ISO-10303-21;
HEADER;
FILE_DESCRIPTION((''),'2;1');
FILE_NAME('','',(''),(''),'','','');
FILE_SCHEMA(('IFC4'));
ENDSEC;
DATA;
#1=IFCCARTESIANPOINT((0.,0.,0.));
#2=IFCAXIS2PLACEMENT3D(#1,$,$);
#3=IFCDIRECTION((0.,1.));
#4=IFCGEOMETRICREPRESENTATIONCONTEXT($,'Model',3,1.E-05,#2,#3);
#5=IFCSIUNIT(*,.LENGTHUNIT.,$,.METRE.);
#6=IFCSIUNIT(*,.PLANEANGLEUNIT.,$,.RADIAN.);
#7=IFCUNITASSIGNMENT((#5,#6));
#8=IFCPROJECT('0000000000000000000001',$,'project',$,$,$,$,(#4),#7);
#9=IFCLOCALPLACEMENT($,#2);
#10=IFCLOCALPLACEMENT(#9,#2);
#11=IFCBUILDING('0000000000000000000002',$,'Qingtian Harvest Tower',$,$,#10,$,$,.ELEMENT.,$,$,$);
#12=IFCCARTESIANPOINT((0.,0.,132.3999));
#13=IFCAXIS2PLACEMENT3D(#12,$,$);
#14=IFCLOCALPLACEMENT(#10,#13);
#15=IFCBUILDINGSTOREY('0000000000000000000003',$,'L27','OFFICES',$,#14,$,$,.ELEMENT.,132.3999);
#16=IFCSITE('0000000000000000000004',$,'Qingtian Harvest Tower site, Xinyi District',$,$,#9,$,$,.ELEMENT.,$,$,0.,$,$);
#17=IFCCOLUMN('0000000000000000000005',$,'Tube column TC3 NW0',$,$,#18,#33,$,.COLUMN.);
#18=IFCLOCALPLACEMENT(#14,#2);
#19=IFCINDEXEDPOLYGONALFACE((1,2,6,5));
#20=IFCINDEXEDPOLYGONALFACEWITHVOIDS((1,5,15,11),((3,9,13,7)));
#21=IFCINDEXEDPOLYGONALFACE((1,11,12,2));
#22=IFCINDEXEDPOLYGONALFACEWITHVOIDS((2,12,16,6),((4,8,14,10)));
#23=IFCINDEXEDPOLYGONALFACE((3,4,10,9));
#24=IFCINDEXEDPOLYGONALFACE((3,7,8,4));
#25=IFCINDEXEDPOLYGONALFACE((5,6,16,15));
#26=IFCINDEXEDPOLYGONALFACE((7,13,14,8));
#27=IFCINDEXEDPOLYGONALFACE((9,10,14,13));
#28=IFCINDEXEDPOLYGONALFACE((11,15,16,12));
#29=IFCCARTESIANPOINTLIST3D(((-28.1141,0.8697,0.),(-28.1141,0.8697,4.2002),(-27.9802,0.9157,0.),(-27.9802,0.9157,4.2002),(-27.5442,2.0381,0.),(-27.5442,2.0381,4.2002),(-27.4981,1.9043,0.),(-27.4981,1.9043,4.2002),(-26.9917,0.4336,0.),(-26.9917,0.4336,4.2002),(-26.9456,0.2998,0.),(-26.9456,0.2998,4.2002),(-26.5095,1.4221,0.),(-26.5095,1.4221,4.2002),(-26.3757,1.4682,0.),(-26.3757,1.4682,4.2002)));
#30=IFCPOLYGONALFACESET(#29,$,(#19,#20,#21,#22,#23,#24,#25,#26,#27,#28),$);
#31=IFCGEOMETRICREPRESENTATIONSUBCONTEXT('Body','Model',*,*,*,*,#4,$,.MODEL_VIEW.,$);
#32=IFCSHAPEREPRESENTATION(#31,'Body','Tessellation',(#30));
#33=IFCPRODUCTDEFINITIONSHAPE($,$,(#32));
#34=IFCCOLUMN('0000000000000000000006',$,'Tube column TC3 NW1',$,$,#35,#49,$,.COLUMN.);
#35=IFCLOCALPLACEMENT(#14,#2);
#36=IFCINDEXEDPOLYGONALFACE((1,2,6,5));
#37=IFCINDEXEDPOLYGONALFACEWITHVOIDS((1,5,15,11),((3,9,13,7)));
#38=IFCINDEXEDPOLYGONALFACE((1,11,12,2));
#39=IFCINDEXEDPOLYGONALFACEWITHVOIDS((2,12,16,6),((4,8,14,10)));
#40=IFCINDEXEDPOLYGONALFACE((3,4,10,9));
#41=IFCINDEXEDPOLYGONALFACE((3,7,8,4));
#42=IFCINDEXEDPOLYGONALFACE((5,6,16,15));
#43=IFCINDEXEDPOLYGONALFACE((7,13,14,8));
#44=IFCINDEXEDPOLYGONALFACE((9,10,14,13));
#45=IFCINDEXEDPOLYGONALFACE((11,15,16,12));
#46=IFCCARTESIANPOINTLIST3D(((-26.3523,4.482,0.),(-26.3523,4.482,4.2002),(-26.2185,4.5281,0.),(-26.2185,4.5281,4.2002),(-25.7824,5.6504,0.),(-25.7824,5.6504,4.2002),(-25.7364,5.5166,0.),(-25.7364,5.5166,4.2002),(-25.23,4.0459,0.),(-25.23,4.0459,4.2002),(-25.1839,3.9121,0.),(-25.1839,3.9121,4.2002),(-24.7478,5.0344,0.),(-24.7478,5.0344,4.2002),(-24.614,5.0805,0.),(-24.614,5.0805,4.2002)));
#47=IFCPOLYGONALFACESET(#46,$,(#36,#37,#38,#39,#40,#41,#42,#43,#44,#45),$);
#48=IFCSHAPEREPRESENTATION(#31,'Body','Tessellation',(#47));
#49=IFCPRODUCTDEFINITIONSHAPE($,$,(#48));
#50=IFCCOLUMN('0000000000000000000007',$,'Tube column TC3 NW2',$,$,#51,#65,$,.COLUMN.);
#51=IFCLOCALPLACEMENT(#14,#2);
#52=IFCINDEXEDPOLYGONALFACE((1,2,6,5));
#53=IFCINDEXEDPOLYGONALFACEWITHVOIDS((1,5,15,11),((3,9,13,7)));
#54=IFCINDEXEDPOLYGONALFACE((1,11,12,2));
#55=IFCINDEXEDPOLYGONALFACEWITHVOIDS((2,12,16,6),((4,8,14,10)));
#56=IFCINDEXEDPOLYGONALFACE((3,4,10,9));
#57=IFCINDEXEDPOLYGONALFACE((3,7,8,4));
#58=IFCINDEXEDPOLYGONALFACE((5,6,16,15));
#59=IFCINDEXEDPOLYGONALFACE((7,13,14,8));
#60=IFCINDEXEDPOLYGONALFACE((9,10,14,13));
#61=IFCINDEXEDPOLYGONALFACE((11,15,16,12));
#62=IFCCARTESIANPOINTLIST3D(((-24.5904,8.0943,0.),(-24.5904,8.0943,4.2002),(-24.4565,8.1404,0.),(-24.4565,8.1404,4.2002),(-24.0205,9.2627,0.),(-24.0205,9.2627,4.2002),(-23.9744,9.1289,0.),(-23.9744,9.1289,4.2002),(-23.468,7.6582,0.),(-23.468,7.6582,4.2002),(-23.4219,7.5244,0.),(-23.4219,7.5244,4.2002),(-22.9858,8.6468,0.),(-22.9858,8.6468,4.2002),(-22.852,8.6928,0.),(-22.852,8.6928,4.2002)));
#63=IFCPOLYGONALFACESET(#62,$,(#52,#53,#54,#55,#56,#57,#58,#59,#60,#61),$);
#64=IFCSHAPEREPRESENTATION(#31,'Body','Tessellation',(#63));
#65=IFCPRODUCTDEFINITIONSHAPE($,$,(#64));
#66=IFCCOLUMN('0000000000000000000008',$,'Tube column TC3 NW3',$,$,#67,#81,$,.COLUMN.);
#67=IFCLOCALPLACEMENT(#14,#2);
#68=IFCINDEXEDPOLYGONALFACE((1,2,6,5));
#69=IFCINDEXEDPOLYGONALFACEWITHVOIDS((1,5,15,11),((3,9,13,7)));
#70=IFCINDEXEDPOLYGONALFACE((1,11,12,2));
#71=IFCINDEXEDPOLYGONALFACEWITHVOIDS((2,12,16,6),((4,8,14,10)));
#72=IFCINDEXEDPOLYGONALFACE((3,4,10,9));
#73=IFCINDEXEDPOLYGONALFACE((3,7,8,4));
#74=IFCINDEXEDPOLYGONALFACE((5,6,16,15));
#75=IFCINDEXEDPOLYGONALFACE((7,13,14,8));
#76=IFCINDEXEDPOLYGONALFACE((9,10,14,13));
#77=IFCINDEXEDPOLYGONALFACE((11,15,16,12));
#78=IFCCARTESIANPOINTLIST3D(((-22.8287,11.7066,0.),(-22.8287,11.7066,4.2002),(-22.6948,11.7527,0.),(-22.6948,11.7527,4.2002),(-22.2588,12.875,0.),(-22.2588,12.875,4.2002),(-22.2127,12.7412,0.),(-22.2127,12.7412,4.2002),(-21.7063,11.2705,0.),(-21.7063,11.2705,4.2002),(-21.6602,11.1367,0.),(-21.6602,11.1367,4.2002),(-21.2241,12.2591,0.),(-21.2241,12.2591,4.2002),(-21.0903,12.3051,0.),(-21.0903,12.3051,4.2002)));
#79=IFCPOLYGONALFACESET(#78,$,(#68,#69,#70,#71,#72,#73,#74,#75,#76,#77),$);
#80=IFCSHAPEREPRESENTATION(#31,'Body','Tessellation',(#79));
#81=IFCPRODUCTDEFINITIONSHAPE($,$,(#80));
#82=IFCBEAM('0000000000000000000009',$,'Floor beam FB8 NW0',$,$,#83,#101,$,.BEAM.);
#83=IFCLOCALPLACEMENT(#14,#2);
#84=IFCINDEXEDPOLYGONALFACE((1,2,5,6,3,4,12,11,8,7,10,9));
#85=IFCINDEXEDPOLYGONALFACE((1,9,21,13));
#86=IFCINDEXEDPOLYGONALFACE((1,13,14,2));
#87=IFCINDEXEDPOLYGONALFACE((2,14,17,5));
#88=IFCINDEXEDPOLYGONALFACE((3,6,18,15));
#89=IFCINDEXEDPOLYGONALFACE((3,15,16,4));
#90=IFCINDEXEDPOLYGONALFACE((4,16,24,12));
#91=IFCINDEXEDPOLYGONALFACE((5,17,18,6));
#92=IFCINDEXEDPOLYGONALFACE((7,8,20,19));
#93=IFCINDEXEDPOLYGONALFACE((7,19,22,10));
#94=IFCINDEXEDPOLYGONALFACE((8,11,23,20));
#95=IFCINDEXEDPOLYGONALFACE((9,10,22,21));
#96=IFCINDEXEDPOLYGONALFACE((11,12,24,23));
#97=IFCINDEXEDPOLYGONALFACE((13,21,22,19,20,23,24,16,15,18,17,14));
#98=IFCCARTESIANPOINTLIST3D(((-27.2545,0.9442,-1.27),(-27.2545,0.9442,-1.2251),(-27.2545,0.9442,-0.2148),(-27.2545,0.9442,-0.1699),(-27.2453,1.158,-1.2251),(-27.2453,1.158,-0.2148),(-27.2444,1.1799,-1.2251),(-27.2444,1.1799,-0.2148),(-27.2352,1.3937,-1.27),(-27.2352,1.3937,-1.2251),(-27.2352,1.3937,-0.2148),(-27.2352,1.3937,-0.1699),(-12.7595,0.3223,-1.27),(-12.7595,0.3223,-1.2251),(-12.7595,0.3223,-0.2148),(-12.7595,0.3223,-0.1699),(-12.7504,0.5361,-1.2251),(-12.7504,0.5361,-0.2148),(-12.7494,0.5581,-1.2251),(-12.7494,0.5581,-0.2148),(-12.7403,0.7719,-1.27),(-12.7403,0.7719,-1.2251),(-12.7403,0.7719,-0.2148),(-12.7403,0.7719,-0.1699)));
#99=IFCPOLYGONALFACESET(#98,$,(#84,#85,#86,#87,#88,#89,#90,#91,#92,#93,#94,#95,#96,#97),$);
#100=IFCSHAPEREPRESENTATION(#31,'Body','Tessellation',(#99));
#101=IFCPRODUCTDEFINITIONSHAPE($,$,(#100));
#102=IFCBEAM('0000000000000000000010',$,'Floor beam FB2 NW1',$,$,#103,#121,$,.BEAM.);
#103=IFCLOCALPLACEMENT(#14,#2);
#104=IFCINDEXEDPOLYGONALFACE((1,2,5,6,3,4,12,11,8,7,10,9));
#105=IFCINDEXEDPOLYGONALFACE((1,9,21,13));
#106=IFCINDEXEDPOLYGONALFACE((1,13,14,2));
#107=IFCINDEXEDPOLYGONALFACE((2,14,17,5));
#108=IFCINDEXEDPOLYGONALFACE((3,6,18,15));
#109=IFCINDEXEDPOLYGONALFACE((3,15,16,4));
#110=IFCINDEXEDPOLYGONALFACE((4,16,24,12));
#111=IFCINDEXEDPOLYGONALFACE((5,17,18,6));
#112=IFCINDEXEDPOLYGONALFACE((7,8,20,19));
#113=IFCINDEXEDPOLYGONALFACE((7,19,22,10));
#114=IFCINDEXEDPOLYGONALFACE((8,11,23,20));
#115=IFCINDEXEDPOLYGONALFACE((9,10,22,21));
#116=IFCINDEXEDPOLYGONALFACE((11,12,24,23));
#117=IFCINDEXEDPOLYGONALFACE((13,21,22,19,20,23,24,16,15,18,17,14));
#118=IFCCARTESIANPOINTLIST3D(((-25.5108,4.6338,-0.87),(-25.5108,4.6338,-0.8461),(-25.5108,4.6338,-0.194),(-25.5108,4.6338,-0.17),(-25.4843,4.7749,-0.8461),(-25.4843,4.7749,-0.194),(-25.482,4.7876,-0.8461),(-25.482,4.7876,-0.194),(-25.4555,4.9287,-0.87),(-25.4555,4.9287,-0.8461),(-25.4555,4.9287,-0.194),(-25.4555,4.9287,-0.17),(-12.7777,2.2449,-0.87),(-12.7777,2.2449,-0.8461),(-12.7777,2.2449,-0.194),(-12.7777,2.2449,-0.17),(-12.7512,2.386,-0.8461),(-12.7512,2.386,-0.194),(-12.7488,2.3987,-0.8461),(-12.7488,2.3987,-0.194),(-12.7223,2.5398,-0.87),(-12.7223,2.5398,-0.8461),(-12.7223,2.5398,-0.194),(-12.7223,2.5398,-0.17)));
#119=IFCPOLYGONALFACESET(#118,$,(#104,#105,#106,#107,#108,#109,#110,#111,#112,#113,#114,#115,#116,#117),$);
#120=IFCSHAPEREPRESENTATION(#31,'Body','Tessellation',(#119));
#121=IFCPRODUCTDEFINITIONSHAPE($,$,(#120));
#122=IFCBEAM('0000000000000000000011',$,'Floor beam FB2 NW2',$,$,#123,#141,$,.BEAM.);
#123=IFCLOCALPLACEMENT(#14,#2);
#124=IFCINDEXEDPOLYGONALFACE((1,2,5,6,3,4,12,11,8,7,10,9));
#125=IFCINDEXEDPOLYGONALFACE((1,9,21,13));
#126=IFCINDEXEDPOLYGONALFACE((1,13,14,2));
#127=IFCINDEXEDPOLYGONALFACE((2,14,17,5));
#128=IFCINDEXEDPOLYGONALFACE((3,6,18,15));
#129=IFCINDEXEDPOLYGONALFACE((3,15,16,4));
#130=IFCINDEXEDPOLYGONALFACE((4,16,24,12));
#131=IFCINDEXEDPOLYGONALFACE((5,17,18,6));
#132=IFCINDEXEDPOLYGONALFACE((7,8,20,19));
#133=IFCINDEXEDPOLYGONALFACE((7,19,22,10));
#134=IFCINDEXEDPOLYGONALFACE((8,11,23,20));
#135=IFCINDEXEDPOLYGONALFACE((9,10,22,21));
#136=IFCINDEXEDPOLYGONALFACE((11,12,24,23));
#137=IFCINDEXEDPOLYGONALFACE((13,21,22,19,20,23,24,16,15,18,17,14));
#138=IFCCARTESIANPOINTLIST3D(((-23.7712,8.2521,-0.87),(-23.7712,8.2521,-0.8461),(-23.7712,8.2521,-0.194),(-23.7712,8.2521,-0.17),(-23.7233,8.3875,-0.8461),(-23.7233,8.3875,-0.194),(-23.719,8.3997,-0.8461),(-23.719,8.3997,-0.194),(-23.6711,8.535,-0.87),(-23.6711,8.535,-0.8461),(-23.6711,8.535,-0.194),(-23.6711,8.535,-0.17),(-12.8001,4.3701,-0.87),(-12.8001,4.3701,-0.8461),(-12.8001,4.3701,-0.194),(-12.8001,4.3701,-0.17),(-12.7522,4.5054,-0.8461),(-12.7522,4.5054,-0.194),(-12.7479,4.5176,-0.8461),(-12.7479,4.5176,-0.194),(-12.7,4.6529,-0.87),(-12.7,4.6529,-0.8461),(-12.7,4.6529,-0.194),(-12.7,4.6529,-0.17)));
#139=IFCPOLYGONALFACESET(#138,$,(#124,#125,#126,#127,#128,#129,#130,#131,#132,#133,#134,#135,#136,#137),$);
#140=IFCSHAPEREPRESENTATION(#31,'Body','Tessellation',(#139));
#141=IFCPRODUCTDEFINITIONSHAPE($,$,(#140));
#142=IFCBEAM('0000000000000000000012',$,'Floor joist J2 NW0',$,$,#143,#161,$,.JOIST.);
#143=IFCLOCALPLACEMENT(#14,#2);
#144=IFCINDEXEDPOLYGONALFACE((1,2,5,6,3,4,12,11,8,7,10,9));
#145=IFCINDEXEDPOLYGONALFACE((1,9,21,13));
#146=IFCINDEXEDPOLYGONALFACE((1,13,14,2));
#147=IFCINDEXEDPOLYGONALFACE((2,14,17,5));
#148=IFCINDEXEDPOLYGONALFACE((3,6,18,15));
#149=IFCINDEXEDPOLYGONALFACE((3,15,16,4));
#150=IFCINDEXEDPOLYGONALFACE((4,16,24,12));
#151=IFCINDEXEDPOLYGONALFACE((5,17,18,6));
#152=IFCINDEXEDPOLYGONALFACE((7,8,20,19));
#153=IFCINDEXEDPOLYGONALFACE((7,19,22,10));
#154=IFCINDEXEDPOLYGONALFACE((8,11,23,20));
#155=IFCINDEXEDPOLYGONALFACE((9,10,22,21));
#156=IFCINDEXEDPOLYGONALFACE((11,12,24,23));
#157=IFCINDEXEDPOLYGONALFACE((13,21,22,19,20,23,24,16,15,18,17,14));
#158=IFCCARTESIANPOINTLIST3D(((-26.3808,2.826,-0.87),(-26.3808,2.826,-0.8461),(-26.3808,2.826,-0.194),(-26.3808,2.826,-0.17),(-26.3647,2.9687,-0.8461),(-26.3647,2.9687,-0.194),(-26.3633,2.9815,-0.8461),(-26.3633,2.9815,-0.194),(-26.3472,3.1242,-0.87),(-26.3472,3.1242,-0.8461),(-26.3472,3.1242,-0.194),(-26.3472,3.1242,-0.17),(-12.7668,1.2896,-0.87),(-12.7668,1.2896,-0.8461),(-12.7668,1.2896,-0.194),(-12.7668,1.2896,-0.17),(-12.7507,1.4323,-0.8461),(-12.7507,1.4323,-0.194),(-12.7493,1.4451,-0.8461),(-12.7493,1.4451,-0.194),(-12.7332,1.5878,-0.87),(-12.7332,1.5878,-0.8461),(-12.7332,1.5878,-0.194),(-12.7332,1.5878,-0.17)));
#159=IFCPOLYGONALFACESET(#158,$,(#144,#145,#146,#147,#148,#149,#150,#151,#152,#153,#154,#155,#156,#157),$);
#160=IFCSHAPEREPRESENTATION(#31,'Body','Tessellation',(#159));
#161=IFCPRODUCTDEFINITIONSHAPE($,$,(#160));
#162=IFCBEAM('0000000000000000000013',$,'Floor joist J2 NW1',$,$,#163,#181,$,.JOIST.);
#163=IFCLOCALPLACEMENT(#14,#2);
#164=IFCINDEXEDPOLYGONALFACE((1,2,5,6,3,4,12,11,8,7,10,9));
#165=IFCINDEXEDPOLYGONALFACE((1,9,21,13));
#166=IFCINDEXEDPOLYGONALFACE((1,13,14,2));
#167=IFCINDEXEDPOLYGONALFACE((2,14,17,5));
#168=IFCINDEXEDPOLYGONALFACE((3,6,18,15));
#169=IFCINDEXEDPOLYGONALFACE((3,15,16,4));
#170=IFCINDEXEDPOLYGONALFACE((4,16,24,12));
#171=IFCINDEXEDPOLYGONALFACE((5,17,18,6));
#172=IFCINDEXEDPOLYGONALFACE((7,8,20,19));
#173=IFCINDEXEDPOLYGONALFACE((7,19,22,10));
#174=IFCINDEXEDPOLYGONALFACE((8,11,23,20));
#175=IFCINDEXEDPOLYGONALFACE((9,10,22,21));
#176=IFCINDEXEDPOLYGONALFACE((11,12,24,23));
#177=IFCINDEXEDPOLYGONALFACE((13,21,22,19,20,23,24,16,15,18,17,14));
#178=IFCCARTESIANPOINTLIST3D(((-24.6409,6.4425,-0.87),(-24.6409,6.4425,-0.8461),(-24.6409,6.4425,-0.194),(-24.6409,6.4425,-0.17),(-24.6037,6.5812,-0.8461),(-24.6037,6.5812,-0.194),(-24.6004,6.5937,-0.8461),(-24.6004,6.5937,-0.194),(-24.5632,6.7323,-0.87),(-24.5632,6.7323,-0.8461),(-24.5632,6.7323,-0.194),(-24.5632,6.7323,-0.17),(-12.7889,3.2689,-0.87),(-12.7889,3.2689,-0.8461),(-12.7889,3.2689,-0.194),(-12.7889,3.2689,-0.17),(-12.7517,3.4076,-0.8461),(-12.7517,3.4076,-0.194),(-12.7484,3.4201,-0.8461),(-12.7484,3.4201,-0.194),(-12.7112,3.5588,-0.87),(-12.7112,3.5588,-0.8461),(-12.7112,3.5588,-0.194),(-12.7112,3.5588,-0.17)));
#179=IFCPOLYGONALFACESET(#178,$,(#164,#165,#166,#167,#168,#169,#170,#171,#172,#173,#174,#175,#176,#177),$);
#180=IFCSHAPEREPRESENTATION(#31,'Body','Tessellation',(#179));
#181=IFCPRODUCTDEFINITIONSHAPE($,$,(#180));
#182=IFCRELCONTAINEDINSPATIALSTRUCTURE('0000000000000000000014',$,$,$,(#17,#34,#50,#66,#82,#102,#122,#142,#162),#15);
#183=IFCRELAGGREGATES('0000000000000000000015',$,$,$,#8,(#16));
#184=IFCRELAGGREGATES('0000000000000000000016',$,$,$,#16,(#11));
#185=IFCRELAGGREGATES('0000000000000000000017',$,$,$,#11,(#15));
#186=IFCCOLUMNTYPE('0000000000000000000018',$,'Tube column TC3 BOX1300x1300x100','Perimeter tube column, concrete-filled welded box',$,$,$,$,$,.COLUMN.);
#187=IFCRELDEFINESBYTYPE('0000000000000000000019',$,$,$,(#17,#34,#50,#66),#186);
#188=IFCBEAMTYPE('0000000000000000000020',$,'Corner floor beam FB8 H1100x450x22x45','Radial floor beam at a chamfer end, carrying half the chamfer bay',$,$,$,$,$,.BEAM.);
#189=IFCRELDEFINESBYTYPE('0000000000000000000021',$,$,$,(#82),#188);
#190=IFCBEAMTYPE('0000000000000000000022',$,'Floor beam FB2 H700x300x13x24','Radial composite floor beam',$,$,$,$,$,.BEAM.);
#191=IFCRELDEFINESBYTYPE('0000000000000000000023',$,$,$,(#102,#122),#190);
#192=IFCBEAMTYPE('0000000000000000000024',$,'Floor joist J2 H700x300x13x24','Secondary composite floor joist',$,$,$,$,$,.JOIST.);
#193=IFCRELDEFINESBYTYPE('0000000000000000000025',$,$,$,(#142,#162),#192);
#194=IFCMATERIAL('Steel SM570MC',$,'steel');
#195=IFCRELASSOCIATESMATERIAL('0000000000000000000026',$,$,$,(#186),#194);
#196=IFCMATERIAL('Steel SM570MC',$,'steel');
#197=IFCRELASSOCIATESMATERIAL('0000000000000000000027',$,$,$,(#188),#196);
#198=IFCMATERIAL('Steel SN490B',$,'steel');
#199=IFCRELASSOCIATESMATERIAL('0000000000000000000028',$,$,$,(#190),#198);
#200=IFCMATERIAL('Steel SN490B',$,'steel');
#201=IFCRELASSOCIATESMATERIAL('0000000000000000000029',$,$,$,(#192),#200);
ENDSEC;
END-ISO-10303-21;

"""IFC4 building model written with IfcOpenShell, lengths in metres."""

from ifc_helpers import new_model, si_unit, direction, frame, origin, origin_2d, place, context, subcontext, project, spatial, hollow_rectangle, i_section, extrude, material, material_profile, profile_set, type_object, element, save


model = new_model("IFC4")

# Units and contexts
model_context = context("Model", 3, precision=1e-05, world=origin(), true_north=direction((0.0, 1.0)))
body_context = subcontext(model_context, "Body", "Model", "MODEL_VIEW")
ifc_project = project(units=[si_unit("LENGTHUNIT", "METRE"), si_unit("PLANEANGLEUNIT", "RADIAN")], contexts=[model_context])

# Site, building, storey
site_placement = place(None, origin())
site = spatial("IfcSite", under=ifc_project, at=site_placement, Name="Qingtian Harvest Tower site, Xinyi District", CompositionType="ELEMENT", RefElevation=0.0)
building_placement = place(site_placement, origin())
building = spatial("IfcBuilding", under=site, at=building_placement, Name="Qingtian Harvest Tower", CompositionType="ELEMENT")
storey_placement = place(building_placement, frame((0.0, 0.0, 132.3999)))
storey = spatial("IfcBuildingStorey", under=building, at=storey_placement, Name="L27", Description="OFFICES", CompositionType="ELEMENT", Elevation=132.3999)

# Columns
ifc_material_1 = material(Name="Steel SM570MC", Category="steel")
ifc_material_profile_1 = material_profile(ifc_material_1, hollow_rectangle(XDim=1.3, YDim=1.3, WallThickness=0.1001, at=origin_2d()), Name="BOX1300x1300x100")
ifc_profile_set_1 = profile_set([ifc_material_profile_1], Name="Steel SM570MC")
column_type = type_object("IfcColumnType", Name="Tube column TC3 BOX1300x1300x100", Description="Perimeter tube column, concrete-filled welded box", PredefinedType="COLUMN", material=ifc_profile_set_1)
for number, where, z_axis, x_axis, name in (
    (1, (-27.2449, 1.1689, 0.0), (0.0, 0.0, 1.0), (-0.438371, -0.898794, 0.0), "Tube column TC3 NW0"),
    (2, (-25.4832, 4.7812, 0.0), (0.0, 0.0, 1.0), (-0.438371, -0.898794, 0.0), "Tube column TC3 NW1"),
    (3, (-23.7212, 8.3936, 0.0), (0.0, 0.0, 1.0), (-0.438371, -0.898794, 0.0), "Tube column TC3 NW2"),
    (4, (-21.9595, 12.0059, 0.0), (0.0, 0.0, 1.0), (-0.438371, -0.898794, 0.0), "Tube column TC3 NW3"),
):
    element("IfcColumn", number, at=place(storey_placement, frame(where, z_axis=z_axis, x_axis=x_axis)), inside=storey, type_object=column_type, Name=name, PredefinedType="COLUMN", context=body_context, shape_type="SweptSolid", body=[
        extrude(hollow_rectangle(XDim=1.3, YDim=1.3, WallThickness=0.1001, at=origin_2d()), origin(), (0.0, 0.0, 1.0), 4.2002),
    ])

# Beams
ifc_material_2 = material(Name="Steel SM570MC", Category="steel")
ifc_material_profile_2 = material_profile(ifc_material_2, i_section(OverallWidth=0.45, OverallDepth=1.1001, WebThickness=0.022, FlangeThickness=0.0449, at=origin_2d()), Name="H1100x450x22x45")
ifc_profile_set_2 = profile_set([ifc_material_profile_2], Name="Steel SM570MC")
beam_type_1 = type_object("IfcBeamType", Name="Corner floor beam FB8 H1100x450x22x45", Description="Radial floor beam at a chamfer end, carrying half the chamfer bay", PredefinedType="BEAM", material=ifc_profile_set_2)
beam_1_placement = place(storey_placement, frame((-27.2449, 1.1689, -0.72), z_axis=(0.999081, -0.04286, 0.0), x_axis=(0.04286, 0.999081, 0.0)))
element("IfcBeam", 5, at=beam_1_placement, inside=storey, type_object=beam_type_1, Name="Floor beam FB8 NW0", PredefinedType="BEAM", context=body_context, shape_type="SweptSolid", body=[
    extrude(i_section(OverallWidth=0.45, OverallDepth=1.1001, WebThickness=0.022, FlangeThickness=0.0449, at=origin_2d()), origin(), (0.0, 0.0, 1.0), 14.5083),
])
ifc_material_3 = material(Name="Steel SN490B", Category="steel")
ifc_material_profile_3 = material_profile(ifc_material_3, i_section(OverallWidth=0.3, OverallDepth=0.7, WebThickness=0.0129, FlangeThickness=0.0239, at=origin_2d()), Name="H700x300x13x24")
ifc_profile_set_3 = profile_set([ifc_material_profile_3], Name="Steel SN490B")
beam_type_2 = type_object("IfcBeamType", Name="Floor beam FB2 H700x300x13x24", Description="Radial composite floor beam", PredefinedType="BEAM", material=ifc_profile_set_3)
beam_2_placement = place(storey_placement, frame((-25.4832, 4.7812, -0.52), z_axis=(0.982852, -0.184397, 0.0), x_axis=(0.184397, 0.982852, 0.0)))
element("IfcBeam", 6, at=beam_2_placement, inside=storey, type_object=beam_type_2, Name="Floor beam FB2 NW1", PredefinedType="BEAM", context=body_context, shape_type="SweptSolid", body=[
    extrude(i_section(OverallWidth=0.3, OverallDepth=0.7, WebThickness=0.0129, FlangeThickness=0.0239, at=origin_2d()), origin(), (0.0, 0.0, 1.0), 12.9553),
])
beam_3_placement = place(storey_placement, frame((-23.7212, 8.3936, -0.52), z_axis=(0.942723, -0.333576, 0.0), x_axis=(0.333576, 0.942723, 0.0)))
element("IfcBeam", 7, at=beam_3_placement, inside=storey, type_object=beam_type_2, Name="Floor beam FB2 NW2", PredefinedType="BEAM", context=body_context, shape_type="SweptSolid", body=[
    extrude(i_section(OverallWidth=0.3, OverallDepth=0.7, WebThickness=0.0129, FlangeThickness=0.0239, at=origin_2d()), origin(), (0.0, 0.0, 1.0), 11.6377),
])
ifc_material_4 = material(Name="Steel SN490B", Category="steel")
ifc_material_profile_4 = material_profile(ifc_material_4, i_section(OverallWidth=0.3, OverallDepth=0.7, WebThickness=0.0129, FlangeThickness=0.0239, at=origin_2d()), Name="H700x300x13x24")
ifc_profile_set_4 = profile_set([ifc_material_profile_4], Name="Steel SN490B")
beam_type_3 = type_object("IfcBeamType", Name="Floor joist J2 H700x300x13x24", Description="Secondary composite floor joist", PredefinedType="JOIST", material=ifc_profile_set_4)
beam_4_placement = place(storey_placement, frame((-26.364, 2.9751, -0.52), z_axis=(0.993692, -0.112141, 0.0), x_axis=(0.112141, 0.993692, 0.0)))
element("IfcBeam", 8, at=beam_4_placement, inside=storey, type_object=beam_type_3, Name="Floor joist J2 NW0", PredefinedType="JOIST", context=body_context, shape_type="SweptSolid", body=[
    extrude(i_section(OverallWidth=0.3, OverallDepth=0.7, WebThickness=0.0129, FlangeThickness=0.0239, at=origin_2d()), origin(), (0.0, 0.0, 1.0), 13.7004),
])
beam_5_placement = place(storey_placement, frame((-24.6021, 6.5874, -0.52), z_axis=(0.96597, -0.258655, 0.0), x_axis=(0.258655, 0.96597, 0.0)))
element("IfcBeam", 9, at=beam_5_placement, inside=storey, type_object=beam_type_3, Name="Floor joist J2 NW1", PredefinedType="JOIST", context=body_context, shape_type="SweptSolid", body=[
    extrude(i_section(OverallWidth=0.3, OverallDepth=0.7, WebThickness=0.0129, FlangeThickness=0.0239, at=origin_2d()), origin(), (0.0, 0.0, 1.0), 12.2695),
])

save(model, "model.ifc")
